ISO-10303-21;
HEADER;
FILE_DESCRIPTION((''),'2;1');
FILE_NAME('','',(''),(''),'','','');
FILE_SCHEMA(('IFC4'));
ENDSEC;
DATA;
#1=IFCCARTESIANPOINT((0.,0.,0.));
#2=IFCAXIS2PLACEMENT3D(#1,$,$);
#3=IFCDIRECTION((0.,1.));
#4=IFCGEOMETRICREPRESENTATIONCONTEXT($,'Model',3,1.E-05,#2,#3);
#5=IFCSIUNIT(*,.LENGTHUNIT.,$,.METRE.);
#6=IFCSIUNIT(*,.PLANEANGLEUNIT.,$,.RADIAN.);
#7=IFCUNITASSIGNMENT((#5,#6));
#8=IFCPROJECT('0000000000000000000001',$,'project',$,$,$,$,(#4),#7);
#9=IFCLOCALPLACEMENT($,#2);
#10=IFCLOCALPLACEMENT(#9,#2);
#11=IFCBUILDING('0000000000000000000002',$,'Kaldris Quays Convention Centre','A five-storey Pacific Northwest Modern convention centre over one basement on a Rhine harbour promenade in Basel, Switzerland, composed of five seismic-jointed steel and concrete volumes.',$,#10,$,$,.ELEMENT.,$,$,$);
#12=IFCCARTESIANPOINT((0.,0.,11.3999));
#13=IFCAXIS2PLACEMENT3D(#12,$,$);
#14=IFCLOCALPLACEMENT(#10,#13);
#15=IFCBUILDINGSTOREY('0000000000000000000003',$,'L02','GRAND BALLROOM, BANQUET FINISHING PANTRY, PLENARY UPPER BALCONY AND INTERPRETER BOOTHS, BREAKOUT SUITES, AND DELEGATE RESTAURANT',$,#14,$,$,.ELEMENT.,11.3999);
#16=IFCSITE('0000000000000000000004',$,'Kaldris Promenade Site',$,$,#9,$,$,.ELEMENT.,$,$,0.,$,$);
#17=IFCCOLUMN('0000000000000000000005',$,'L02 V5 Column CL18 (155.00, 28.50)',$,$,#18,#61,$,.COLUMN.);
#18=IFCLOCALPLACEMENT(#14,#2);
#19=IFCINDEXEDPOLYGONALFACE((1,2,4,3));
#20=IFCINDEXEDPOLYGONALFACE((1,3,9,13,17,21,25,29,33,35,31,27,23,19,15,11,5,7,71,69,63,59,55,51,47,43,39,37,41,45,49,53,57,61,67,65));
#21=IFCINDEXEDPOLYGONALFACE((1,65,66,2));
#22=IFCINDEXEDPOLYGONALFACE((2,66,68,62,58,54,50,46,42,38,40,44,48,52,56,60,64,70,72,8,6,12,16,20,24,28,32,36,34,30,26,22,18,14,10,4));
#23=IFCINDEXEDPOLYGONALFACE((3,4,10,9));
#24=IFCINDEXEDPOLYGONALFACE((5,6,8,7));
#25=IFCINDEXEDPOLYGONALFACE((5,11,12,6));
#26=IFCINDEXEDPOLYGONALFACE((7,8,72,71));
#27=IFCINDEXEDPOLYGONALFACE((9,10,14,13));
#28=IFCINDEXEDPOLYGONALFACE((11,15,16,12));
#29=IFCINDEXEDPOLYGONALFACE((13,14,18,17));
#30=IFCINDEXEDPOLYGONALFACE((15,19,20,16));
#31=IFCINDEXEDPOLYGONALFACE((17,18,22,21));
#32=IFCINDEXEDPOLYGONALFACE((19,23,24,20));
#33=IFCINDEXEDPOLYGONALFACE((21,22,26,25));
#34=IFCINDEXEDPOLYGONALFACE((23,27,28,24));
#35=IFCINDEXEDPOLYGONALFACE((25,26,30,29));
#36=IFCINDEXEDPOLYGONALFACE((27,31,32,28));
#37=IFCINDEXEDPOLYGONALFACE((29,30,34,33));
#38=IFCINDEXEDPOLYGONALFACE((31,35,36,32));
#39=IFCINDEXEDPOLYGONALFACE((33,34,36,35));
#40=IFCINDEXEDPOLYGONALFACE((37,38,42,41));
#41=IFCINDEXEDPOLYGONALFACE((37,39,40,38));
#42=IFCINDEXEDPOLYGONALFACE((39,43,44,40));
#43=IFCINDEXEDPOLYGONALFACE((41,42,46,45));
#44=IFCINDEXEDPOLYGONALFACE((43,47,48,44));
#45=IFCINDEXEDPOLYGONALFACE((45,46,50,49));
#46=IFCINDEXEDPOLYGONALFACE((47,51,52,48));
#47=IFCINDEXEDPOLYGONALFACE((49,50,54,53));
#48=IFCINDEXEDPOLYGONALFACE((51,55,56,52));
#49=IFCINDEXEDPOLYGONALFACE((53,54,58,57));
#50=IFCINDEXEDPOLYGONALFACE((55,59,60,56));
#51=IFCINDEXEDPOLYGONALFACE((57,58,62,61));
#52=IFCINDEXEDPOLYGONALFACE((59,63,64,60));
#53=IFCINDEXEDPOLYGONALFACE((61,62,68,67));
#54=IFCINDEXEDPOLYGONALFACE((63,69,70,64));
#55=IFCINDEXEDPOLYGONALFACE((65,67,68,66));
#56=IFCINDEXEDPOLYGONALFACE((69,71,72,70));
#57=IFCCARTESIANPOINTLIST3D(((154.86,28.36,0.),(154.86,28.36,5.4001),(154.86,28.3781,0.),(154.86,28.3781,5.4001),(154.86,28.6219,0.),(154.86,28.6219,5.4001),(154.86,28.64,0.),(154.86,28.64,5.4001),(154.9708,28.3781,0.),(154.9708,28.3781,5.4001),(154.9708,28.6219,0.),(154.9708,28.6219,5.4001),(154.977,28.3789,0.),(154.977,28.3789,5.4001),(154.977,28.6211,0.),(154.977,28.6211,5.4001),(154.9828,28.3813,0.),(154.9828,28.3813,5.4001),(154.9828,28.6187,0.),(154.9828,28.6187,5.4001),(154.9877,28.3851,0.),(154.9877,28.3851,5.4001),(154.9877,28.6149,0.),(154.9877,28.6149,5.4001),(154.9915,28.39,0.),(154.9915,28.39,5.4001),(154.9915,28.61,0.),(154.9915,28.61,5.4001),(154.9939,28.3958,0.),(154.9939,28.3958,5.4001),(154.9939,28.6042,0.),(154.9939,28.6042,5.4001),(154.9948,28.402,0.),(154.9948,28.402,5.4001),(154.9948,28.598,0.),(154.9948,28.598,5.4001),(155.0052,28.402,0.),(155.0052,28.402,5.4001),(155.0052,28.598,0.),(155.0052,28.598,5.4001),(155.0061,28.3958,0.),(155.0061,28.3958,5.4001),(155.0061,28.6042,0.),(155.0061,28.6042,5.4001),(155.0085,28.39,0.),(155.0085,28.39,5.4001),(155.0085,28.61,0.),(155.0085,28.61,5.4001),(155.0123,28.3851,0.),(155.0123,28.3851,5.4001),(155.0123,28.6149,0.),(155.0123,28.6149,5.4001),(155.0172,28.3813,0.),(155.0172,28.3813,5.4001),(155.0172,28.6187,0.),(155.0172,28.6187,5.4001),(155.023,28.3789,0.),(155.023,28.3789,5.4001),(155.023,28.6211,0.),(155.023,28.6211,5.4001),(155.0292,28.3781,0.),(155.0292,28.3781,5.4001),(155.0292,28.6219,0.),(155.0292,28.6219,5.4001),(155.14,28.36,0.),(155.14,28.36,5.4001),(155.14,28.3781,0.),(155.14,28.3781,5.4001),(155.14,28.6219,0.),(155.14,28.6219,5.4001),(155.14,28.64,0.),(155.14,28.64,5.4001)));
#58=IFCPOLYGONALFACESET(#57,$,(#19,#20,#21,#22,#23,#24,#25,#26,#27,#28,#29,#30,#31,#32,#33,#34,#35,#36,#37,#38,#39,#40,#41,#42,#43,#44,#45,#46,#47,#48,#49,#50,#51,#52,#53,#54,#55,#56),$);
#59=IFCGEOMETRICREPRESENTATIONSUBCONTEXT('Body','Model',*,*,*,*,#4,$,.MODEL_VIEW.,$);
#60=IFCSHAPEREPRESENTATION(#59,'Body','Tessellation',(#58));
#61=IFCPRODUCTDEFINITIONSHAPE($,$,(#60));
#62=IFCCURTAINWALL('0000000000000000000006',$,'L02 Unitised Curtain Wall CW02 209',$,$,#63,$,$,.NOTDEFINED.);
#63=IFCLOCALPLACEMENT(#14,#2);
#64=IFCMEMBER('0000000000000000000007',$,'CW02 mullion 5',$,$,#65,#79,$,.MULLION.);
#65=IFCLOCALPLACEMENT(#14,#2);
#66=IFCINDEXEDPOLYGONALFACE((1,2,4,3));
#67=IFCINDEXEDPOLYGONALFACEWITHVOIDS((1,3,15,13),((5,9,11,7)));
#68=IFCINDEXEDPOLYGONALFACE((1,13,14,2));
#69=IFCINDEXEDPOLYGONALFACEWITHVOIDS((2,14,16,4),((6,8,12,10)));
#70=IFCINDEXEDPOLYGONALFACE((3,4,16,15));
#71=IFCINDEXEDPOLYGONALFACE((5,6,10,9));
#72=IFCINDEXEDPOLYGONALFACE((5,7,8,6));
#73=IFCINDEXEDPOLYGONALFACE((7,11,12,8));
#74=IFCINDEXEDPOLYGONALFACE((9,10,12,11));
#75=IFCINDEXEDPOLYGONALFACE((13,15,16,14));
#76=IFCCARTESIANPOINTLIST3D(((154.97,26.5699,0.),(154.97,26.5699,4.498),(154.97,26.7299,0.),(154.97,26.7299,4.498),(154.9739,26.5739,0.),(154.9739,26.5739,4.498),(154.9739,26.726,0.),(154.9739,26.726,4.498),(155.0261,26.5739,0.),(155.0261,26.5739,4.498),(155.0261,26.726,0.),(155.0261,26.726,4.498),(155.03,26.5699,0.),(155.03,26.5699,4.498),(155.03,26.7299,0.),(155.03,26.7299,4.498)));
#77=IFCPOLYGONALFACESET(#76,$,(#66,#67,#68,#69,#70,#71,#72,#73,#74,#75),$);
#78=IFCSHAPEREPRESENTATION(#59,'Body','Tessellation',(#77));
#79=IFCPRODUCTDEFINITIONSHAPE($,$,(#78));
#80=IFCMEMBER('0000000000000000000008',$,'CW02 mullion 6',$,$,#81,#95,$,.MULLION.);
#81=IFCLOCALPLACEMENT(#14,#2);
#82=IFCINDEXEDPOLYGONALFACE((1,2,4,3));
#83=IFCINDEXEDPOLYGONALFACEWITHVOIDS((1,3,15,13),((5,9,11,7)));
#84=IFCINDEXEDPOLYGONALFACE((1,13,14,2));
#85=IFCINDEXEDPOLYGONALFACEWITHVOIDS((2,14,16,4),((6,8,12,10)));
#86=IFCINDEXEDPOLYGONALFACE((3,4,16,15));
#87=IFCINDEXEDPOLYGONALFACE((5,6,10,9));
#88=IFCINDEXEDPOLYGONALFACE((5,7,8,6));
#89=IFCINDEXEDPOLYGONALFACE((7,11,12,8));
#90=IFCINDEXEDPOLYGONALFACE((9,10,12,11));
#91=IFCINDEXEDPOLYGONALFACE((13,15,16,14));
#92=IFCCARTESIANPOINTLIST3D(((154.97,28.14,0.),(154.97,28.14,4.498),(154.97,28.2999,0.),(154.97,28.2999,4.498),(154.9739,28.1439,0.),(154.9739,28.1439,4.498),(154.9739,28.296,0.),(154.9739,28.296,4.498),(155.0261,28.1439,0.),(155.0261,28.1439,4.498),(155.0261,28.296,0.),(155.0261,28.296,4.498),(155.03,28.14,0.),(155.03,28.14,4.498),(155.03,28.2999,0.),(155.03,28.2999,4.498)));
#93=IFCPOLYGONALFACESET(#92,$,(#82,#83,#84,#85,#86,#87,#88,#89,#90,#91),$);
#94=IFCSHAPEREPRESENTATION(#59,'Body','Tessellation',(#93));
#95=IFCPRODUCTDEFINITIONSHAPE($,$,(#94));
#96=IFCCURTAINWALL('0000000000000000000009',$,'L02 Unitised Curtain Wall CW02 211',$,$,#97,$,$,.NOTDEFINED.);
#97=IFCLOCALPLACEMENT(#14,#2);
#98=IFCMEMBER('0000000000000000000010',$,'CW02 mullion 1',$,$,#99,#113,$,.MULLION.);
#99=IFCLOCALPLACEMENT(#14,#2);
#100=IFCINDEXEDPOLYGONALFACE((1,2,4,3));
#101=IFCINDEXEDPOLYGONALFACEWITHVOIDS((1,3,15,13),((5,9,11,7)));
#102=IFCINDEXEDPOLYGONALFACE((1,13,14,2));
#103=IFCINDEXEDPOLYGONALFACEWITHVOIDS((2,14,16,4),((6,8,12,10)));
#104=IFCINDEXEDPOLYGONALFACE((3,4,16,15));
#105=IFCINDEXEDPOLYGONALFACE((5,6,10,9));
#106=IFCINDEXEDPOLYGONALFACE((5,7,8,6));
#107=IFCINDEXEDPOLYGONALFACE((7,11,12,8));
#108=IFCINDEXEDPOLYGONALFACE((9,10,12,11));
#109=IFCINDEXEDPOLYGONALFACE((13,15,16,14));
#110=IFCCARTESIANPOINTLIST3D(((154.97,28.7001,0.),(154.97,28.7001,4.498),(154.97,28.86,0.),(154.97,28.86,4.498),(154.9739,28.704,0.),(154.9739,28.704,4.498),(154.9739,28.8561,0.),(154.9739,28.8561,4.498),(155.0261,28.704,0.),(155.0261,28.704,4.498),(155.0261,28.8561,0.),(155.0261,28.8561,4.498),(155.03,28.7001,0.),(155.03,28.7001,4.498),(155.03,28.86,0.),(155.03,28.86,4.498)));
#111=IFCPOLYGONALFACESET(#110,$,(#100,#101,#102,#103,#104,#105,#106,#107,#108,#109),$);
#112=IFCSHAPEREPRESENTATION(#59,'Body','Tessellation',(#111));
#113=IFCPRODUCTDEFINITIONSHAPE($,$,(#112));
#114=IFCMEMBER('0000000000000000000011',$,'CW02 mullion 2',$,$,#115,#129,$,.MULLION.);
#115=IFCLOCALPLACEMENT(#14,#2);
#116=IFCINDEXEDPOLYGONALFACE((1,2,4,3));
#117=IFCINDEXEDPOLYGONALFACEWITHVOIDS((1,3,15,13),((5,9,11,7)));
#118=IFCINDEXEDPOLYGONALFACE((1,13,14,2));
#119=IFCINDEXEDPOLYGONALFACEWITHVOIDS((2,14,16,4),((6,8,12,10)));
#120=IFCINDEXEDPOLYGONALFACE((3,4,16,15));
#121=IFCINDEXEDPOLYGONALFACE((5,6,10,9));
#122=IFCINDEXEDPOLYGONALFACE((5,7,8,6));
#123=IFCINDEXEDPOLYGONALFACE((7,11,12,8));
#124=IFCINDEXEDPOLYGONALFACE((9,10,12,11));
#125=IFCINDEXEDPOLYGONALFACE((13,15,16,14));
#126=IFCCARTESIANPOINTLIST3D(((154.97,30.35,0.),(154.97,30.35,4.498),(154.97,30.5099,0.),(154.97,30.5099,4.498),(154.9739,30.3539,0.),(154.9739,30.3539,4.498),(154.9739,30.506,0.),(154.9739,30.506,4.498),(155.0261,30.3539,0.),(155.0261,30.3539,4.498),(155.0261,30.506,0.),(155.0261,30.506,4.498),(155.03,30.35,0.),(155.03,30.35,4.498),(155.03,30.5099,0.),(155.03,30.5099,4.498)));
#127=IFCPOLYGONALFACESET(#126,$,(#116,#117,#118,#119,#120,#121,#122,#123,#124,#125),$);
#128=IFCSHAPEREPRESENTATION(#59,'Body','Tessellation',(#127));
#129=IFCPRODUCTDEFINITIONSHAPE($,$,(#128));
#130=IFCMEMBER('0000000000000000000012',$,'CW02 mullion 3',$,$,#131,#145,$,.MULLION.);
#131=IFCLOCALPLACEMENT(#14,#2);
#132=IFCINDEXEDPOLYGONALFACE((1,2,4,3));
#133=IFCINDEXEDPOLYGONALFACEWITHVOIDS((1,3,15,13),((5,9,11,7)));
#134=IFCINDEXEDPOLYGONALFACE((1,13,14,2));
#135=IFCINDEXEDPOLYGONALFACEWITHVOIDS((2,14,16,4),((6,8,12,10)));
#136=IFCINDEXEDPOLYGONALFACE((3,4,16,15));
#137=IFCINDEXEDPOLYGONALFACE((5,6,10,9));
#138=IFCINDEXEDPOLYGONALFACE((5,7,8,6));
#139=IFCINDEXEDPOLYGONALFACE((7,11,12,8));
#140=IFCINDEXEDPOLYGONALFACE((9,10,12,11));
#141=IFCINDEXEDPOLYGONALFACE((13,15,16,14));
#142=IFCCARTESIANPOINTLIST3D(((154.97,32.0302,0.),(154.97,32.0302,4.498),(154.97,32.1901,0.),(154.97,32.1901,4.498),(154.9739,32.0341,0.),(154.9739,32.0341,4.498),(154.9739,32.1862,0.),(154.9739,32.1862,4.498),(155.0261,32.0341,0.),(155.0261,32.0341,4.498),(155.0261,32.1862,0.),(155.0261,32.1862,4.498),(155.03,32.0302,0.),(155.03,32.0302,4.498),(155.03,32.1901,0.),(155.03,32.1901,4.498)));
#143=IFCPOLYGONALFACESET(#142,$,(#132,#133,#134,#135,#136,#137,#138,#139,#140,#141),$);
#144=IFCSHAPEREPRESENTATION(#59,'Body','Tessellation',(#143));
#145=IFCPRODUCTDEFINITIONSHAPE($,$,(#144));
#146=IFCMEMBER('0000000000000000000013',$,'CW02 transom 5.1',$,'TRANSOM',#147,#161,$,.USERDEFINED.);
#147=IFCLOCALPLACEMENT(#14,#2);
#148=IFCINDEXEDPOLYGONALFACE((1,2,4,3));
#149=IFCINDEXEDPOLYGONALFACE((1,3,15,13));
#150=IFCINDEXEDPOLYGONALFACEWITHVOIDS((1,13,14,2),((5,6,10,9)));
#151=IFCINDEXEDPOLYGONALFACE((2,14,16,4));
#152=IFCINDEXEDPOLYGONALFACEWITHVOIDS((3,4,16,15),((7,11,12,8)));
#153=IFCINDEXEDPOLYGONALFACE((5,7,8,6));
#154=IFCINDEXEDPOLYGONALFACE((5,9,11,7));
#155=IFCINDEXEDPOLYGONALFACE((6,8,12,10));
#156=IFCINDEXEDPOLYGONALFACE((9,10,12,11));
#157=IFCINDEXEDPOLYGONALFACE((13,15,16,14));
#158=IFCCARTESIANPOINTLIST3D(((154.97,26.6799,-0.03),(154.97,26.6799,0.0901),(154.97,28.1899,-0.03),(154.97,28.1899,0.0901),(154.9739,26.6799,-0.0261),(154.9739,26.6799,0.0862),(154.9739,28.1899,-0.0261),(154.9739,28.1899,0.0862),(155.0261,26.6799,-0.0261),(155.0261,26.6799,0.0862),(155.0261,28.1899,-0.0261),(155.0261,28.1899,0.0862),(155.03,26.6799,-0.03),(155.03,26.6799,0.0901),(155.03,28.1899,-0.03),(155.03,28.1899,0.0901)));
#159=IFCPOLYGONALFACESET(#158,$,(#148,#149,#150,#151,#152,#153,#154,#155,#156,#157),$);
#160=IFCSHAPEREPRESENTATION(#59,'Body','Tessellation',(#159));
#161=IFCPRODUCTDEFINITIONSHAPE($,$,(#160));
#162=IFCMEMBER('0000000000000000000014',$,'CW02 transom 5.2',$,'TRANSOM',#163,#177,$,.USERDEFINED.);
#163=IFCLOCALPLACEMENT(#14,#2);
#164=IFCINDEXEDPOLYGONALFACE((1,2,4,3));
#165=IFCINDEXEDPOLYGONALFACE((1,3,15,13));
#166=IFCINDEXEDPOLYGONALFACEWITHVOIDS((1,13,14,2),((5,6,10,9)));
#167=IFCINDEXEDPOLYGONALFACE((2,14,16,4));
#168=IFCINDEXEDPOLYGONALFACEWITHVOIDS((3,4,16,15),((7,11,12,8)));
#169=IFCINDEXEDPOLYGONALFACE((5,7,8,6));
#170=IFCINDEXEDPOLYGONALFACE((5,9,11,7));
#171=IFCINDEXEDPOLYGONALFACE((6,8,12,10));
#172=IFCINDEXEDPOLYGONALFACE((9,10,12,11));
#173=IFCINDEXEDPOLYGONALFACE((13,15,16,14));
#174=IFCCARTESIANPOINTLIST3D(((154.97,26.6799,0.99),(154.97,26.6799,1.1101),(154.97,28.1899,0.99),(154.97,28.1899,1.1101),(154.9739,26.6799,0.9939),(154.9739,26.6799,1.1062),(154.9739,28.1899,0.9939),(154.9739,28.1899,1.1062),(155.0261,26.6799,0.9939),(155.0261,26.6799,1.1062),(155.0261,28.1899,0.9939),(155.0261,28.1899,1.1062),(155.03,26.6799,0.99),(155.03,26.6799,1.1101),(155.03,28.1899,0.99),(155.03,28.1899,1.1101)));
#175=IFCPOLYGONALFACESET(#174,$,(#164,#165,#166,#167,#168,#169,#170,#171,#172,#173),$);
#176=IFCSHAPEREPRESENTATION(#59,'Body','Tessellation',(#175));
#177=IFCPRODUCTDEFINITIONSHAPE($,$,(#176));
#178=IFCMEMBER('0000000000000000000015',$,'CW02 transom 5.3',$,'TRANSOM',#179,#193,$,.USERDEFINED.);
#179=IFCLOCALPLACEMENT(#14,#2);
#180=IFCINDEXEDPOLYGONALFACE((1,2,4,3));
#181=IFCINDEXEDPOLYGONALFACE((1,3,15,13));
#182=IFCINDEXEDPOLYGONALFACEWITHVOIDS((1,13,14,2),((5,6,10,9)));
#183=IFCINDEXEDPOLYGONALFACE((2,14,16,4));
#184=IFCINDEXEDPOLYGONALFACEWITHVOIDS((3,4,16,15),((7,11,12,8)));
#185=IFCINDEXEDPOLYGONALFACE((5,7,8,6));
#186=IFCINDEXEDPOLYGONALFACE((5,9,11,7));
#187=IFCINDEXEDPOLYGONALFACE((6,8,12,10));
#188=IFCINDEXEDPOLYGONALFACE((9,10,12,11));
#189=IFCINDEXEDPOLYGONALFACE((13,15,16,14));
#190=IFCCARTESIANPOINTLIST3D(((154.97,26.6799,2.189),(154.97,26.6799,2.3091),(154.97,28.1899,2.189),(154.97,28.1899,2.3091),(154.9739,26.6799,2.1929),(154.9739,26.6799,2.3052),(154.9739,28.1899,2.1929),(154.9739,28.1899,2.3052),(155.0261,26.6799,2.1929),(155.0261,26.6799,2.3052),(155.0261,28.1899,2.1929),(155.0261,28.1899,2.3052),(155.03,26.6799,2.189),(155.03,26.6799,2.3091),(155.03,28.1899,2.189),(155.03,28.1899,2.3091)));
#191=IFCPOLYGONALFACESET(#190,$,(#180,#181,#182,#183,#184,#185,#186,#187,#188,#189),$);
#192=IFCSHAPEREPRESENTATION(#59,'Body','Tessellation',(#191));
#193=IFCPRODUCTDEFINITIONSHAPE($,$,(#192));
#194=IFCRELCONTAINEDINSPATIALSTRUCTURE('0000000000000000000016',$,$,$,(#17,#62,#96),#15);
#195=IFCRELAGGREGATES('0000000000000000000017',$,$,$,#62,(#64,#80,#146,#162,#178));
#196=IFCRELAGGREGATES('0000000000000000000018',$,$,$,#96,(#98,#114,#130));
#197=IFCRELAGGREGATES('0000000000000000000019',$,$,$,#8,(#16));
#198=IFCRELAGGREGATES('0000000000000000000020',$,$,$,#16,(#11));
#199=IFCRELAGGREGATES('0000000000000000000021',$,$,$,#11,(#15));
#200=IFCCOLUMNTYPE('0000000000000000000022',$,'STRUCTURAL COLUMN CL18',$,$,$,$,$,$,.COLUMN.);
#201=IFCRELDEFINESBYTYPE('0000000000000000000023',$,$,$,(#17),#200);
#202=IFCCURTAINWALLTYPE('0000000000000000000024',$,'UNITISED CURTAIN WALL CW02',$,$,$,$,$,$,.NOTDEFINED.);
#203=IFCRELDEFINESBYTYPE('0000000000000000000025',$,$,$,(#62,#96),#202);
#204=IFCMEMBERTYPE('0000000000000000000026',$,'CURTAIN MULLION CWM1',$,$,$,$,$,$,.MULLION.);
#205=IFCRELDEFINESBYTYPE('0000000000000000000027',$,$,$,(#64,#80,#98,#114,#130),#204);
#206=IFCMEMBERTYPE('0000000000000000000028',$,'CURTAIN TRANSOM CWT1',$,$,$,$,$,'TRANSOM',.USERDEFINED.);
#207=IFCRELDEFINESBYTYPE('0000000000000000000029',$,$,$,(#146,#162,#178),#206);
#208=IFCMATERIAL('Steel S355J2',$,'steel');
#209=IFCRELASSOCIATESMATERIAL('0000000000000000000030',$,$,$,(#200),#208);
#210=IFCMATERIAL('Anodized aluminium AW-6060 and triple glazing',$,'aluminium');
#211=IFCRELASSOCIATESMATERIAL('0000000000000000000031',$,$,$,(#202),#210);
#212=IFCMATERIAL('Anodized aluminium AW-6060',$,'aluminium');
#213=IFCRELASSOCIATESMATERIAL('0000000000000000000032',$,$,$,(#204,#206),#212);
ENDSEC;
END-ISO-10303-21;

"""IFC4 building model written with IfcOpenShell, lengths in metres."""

from ifc_helpers import new_model, si_unit, direction, frame, origin, origin_2d, place, context, subcontext, project, spatial, hollow_rectangle, i_section, extrude, material, material_profile, profile_set, type_object, element, aggregate, save


model = new_model("IFC4")

# Units and contexts
model_context = context("Model", 3, precision=1e-05, world=origin(), true_north=direction((0.0, 1.0)))
body_context = subcontext(model_context, "Body", "Model", "MODEL_VIEW")
ifc_project = project(units=[si_unit("LENGTHUNIT", "METRE"), si_unit("PLANEANGLEUNIT", "RADIAN")], contexts=[model_context])

# Site, building, storey
site_placement = place(None, origin())
site = spatial("IfcSite", under=ifc_project, at=site_placement, Name="Kaldris Promenade Site", CompositionType="ELEMENT", RefElevation=0.0)
building_placement = place(site_placement, origin())
building = spatial("IfcBuilding", under=site, at=building_placement, Name="Kaldris Quays Convention Centre", Description="A five-storey Pacific Northwest Modern convention centre over one basement on a Rhine harbour promenade in Basel, Switzerland, composed of five seismic-jointed steel and concrete volumes.", CompositionType="ELEMENT")
storey_placement = place(building_placement, frame((0.0, 0.0, 11.3999)))
storey = spatial("IfcBuildingStorey", under=building, at=storey_placement, Name="L02", Description="GRAND BALLROOM, BANQUET FINISHING PANTRY, PLENARY UPPER BALCONY AND INTERPRETER BOOTHS, BREAKOUT SUITES, AND DELEGATE RESTAURANT", CompositionType="ELEMENT", Elevation=11.3999)

# Column
ifc_material_1 = material(Name="Steel S355J2", Category="steel")
ifc_material_profile_1 = material_profile(ifc_material_1, i_section(OverallWidth=0.28, OverallDepth=0.28, WebThickness=0.0105, FlangeThickness=0.0181, FilletRadius=0.0239, at=origin_2d()), Name="HEB 280")
ifc_profile_set_1 = profile_set([ifc_material_profile_1], Name="Steel S355J2")
column_type = type_object("IfcColumnType", Name="STRUCTURAL COLUMN CL18", PredefinedType="COLUMN", material=ifc_profile_set_1)
column_placement = place(storey_placement, frame((155.0, 28.5, 0.0), z_axis=(0.0, 0.0, 1.0), x_axis=(1.0, 0.0, 0.0)))
element("IfcColumn", 1, at=column_placement, inside=storey, type_object=column_type, Name="L02 V5 Column CL18 (155.00, 28.50)", PredefinedType="COLUMN", context=body_context, shape_type="SweptSolid", body=[
    extrude(i_section(OverallWidth=0.28, OverallDepth=0.28, WebThickness=0.0105, FlangeThickness=0.0181, FilletRadius=0.0239, at=origin_2d()), origin(), (0.0, 0.0, 1.0), 5.4001),
])

# Curtain walls, members
ifc_material_2 = material(Name="Anodized aluminium AW-6060 and triple glazing", Category="aluminium")
curtain_wall_type = type_object("IfcCurtainWallType", Name="UNITISED CURTAIN WALL CW02", PredefinedType="NOTDEFINED", material=ifc_material_2)
curtain_wall_1_placement = place(storey_placement, origin())
curtain_wall_1 = element("IfcCurtainWall", 2, at=curtain_wall_1_placement, inside=storey, type_object=curtain_wall_type, Name="L02 Unitised Curtain Wall CW02 209", PredefinedType="NOTDEFINED")
ifc_material_3 = material(Name="Anodized aluminium AW-6060", Category="aluminium")
ifc_material_profile_2 = material_profile(ifc_material_3, hollow_rectangle(XDim=0.0601, YDim=0.1599, WallThickness=0.0039, at=origin_2d()), Name="RHS 160x60x4")
ifc_profile_set_2 = profile_set([ifc_material_profile_2], Name="Anodized aluminium AW-6060")
member_type_1 = type_object("IfcMemberType", Name="CURTAIN MULLION CWM1", PredefinedType="MULLION", material=ifc_profile_set_2)
member_1_placement = place(storey_placement, frame((155.0, 26.6499, 0.0), z_axis=(0.0, 0.0, 1.0), x_axis=(-1.0, 0.0, 0.0)))
member_1 = element("IfcMember", 3, at=member_1_placement, type_object=member_type_1, Name="CW02 mullion 5", PredefinedType="MULLION", context=body_context, shape_type="SweptSolid", body=[
    extrude(hollow_rectangle(XDim=0.0601, YDim=0.1599, WallThickness=0.0039, at=origin_2d()), origin(), (0.0, 0.0, 1.0), 4.498),
])
member_2_placement = place(storey_placement, frame((155.0, 28.22, 0.0), z_axis=(0.0, 0.0, 1.0), x_axis=(-1.0, 0.0, 0.0)))
member_2 = element("IfcMember", 4, at=member_2_placement, type_object=member_type_1, Name="CW02 mullion 6", PredefinedType="MULLION", context=body_context, shape_type="SweptSolid", body=[
    extrude(hollow_rectangle(XDim=0.0601, YDim=0.1599, WallThickness=0.0039, at=origin_2d()), origin(), (0.0, 0.0, 1.0), 4.498),
])
curtain_wall_2_placement = place(storey_placement, origin())
curtain_wall_2 = element("IfcCurtainWall", 5, at=curtain_wall_2_placement, inside=storey, type_object=curtain_wall_type, Name="L02 Unitised Curtain Wall CW02 211", PredefinedType="NOTDEFINED")
member_3_placement = place(storey_placement, frame((155.0, 28.78, 0.0), z_axis=(0.0, 0.0, 1.0), x_axis=(-1.0, 0.0, 0.0)))
member_3 = element("IfcMember", 6, at=member_3_placement, type_object=member_type_1, Name="CW02 mullion 1", PredefinedType="MULLION", context=body_context, shape_type="SweptSolid", body=[
    extrude(hollow_rectangle(XDim=0.0601, YDim=0.1599, WallThickness=0.0039, at=origin_2d()), origin(), (0.0, 0.0, 1.0), 4.498),
])
member_4_placement = place(storey_placement, frame((155.0, 30.4299, 0.0), z_axis=(0.0, 0.0, 1.0), x_axis=(-1.0, 0.0, 0.0)))
member_4 = element("IfcMember", 7, at=member_4_placement, type_object=member_type_1, Name="CW02 mullion 2", PredefinedType="MULLION", context=body_context, shape_type="SweptSolid", body=[
    extrude(hollow_rectangle(XDim=0.0601, YDim=0.1599, WallThickness=0.0039, at=origin_2d()), origin(), (0.0, 0.0, 1.0), 4.498),
])
member_5_placement = place(storey_placement, frame((155.0, 32.1101, 0.0), z_axis=(0.0, 0.0, 1.0), x_axis=(-1.0, 0.0, 0.0)))
member_5 = element("IfcMember", 8, at=member_5_placement, type_object=member_type_1, Name="CW02 mullion 3", PredefinedType="MULLION", context=body_context, shape_type="SweptSolid", body=[
    extrude(hollow_rectangle(XDim=0.0601, YDim=0.1599, WallThickness=0.0039, at=origin_2d()), origin(), (0.0, 0.0, 1.0), 4.498),
])

# Members
ifc_material_profile_3 = material_profile(ifc_material_3, hollow_rectangle(XDim=0.0601, YDim=0.1201, WallThickness=0.0039, at=origin_2d()), Name="RHS 120x60x4")
ifc_profile_set_3 = profile_set([ifc_material_profile_3], Name="Anodized aluminium AW-6060")
member_type_2 = type_object("IfcMemberType", Name="CURTAIN TRANSOM CWT1", ElementType="TRANSOM", PredefinedType="USERDEFINED", material=ifc_profile_set_3)
member_6_placement = place(storey_placement, frame((155.0, 26.6799, 0.03), z_axis=(0.0, 1.0, 0.0), x_axis=(-1.0, 0.0, 0.0)))
member_6 = element("IfcMember", 9, at=member_6_placement, type_object=member_type_2, Name="CW02 transom 5.1", ObjectType="TRANSOM", PredefinedType="USERDEFINED", context=body_context, shape_type="SweptSolid", body=[
    extrude(hollow_rectangle(XDim=0.0601, YDim=0.1201, WallThickness=0.0039, at=origin_2d()), origin(), (0.0, 0.0, 1.0), 1.51),
])
member_7_placement = place(storey_placement, frame((155.0, 26.6799, 1.05), z_axis=(0.0, 1.0, 0.0), x_axis=(-1.0, 0.0, 0.0)))
member_7 = element("IfcMember", 10, at=member_7_placement, type_object=member_type_2, Name="CW02 transom 5.2", ObjectType="TRANSOM", PredefinedType="USERDEFINED", context=body_context, shape_type="SweptSolid", body=[
    extrude(hollow_rectangle(XDim=0.0601, YDim=0.1201, WallThickness=0.0039, at=origin_2d()), origin(), (0.0, 0.0, 1.0), 1.51),
])
member_8_placement = place(storey_placement, frame((155.0, 26.6799, 2.249), z_axis=(0.0, 1.0, 0.0), x_axis=(-1.0, 0.0, 0.0)))
member_8 = element("IfcMember", 11, at=member_8_placement, type_object=member_type_2, Name="CW02 transom 5.3", ObjectType="TRANSOM", PredefinedType="USERDEFINED", context=body_context, shape_type="SweptSolid", body=[
    extrude(hollow_rectangle(XDim=0.0601, YDim=0.1201, WallThickness=0.0039, at=origin_2d()), origin(), (0.0, 0.0, 1.0), 1.51),
])

aggregate(curtain_wall_1, [member_1, member_2, member_6, member_7, member_8])
aggregate(curtain_wall_2, [member_3, member_4, member_5])

save(model, "model.ifc")
